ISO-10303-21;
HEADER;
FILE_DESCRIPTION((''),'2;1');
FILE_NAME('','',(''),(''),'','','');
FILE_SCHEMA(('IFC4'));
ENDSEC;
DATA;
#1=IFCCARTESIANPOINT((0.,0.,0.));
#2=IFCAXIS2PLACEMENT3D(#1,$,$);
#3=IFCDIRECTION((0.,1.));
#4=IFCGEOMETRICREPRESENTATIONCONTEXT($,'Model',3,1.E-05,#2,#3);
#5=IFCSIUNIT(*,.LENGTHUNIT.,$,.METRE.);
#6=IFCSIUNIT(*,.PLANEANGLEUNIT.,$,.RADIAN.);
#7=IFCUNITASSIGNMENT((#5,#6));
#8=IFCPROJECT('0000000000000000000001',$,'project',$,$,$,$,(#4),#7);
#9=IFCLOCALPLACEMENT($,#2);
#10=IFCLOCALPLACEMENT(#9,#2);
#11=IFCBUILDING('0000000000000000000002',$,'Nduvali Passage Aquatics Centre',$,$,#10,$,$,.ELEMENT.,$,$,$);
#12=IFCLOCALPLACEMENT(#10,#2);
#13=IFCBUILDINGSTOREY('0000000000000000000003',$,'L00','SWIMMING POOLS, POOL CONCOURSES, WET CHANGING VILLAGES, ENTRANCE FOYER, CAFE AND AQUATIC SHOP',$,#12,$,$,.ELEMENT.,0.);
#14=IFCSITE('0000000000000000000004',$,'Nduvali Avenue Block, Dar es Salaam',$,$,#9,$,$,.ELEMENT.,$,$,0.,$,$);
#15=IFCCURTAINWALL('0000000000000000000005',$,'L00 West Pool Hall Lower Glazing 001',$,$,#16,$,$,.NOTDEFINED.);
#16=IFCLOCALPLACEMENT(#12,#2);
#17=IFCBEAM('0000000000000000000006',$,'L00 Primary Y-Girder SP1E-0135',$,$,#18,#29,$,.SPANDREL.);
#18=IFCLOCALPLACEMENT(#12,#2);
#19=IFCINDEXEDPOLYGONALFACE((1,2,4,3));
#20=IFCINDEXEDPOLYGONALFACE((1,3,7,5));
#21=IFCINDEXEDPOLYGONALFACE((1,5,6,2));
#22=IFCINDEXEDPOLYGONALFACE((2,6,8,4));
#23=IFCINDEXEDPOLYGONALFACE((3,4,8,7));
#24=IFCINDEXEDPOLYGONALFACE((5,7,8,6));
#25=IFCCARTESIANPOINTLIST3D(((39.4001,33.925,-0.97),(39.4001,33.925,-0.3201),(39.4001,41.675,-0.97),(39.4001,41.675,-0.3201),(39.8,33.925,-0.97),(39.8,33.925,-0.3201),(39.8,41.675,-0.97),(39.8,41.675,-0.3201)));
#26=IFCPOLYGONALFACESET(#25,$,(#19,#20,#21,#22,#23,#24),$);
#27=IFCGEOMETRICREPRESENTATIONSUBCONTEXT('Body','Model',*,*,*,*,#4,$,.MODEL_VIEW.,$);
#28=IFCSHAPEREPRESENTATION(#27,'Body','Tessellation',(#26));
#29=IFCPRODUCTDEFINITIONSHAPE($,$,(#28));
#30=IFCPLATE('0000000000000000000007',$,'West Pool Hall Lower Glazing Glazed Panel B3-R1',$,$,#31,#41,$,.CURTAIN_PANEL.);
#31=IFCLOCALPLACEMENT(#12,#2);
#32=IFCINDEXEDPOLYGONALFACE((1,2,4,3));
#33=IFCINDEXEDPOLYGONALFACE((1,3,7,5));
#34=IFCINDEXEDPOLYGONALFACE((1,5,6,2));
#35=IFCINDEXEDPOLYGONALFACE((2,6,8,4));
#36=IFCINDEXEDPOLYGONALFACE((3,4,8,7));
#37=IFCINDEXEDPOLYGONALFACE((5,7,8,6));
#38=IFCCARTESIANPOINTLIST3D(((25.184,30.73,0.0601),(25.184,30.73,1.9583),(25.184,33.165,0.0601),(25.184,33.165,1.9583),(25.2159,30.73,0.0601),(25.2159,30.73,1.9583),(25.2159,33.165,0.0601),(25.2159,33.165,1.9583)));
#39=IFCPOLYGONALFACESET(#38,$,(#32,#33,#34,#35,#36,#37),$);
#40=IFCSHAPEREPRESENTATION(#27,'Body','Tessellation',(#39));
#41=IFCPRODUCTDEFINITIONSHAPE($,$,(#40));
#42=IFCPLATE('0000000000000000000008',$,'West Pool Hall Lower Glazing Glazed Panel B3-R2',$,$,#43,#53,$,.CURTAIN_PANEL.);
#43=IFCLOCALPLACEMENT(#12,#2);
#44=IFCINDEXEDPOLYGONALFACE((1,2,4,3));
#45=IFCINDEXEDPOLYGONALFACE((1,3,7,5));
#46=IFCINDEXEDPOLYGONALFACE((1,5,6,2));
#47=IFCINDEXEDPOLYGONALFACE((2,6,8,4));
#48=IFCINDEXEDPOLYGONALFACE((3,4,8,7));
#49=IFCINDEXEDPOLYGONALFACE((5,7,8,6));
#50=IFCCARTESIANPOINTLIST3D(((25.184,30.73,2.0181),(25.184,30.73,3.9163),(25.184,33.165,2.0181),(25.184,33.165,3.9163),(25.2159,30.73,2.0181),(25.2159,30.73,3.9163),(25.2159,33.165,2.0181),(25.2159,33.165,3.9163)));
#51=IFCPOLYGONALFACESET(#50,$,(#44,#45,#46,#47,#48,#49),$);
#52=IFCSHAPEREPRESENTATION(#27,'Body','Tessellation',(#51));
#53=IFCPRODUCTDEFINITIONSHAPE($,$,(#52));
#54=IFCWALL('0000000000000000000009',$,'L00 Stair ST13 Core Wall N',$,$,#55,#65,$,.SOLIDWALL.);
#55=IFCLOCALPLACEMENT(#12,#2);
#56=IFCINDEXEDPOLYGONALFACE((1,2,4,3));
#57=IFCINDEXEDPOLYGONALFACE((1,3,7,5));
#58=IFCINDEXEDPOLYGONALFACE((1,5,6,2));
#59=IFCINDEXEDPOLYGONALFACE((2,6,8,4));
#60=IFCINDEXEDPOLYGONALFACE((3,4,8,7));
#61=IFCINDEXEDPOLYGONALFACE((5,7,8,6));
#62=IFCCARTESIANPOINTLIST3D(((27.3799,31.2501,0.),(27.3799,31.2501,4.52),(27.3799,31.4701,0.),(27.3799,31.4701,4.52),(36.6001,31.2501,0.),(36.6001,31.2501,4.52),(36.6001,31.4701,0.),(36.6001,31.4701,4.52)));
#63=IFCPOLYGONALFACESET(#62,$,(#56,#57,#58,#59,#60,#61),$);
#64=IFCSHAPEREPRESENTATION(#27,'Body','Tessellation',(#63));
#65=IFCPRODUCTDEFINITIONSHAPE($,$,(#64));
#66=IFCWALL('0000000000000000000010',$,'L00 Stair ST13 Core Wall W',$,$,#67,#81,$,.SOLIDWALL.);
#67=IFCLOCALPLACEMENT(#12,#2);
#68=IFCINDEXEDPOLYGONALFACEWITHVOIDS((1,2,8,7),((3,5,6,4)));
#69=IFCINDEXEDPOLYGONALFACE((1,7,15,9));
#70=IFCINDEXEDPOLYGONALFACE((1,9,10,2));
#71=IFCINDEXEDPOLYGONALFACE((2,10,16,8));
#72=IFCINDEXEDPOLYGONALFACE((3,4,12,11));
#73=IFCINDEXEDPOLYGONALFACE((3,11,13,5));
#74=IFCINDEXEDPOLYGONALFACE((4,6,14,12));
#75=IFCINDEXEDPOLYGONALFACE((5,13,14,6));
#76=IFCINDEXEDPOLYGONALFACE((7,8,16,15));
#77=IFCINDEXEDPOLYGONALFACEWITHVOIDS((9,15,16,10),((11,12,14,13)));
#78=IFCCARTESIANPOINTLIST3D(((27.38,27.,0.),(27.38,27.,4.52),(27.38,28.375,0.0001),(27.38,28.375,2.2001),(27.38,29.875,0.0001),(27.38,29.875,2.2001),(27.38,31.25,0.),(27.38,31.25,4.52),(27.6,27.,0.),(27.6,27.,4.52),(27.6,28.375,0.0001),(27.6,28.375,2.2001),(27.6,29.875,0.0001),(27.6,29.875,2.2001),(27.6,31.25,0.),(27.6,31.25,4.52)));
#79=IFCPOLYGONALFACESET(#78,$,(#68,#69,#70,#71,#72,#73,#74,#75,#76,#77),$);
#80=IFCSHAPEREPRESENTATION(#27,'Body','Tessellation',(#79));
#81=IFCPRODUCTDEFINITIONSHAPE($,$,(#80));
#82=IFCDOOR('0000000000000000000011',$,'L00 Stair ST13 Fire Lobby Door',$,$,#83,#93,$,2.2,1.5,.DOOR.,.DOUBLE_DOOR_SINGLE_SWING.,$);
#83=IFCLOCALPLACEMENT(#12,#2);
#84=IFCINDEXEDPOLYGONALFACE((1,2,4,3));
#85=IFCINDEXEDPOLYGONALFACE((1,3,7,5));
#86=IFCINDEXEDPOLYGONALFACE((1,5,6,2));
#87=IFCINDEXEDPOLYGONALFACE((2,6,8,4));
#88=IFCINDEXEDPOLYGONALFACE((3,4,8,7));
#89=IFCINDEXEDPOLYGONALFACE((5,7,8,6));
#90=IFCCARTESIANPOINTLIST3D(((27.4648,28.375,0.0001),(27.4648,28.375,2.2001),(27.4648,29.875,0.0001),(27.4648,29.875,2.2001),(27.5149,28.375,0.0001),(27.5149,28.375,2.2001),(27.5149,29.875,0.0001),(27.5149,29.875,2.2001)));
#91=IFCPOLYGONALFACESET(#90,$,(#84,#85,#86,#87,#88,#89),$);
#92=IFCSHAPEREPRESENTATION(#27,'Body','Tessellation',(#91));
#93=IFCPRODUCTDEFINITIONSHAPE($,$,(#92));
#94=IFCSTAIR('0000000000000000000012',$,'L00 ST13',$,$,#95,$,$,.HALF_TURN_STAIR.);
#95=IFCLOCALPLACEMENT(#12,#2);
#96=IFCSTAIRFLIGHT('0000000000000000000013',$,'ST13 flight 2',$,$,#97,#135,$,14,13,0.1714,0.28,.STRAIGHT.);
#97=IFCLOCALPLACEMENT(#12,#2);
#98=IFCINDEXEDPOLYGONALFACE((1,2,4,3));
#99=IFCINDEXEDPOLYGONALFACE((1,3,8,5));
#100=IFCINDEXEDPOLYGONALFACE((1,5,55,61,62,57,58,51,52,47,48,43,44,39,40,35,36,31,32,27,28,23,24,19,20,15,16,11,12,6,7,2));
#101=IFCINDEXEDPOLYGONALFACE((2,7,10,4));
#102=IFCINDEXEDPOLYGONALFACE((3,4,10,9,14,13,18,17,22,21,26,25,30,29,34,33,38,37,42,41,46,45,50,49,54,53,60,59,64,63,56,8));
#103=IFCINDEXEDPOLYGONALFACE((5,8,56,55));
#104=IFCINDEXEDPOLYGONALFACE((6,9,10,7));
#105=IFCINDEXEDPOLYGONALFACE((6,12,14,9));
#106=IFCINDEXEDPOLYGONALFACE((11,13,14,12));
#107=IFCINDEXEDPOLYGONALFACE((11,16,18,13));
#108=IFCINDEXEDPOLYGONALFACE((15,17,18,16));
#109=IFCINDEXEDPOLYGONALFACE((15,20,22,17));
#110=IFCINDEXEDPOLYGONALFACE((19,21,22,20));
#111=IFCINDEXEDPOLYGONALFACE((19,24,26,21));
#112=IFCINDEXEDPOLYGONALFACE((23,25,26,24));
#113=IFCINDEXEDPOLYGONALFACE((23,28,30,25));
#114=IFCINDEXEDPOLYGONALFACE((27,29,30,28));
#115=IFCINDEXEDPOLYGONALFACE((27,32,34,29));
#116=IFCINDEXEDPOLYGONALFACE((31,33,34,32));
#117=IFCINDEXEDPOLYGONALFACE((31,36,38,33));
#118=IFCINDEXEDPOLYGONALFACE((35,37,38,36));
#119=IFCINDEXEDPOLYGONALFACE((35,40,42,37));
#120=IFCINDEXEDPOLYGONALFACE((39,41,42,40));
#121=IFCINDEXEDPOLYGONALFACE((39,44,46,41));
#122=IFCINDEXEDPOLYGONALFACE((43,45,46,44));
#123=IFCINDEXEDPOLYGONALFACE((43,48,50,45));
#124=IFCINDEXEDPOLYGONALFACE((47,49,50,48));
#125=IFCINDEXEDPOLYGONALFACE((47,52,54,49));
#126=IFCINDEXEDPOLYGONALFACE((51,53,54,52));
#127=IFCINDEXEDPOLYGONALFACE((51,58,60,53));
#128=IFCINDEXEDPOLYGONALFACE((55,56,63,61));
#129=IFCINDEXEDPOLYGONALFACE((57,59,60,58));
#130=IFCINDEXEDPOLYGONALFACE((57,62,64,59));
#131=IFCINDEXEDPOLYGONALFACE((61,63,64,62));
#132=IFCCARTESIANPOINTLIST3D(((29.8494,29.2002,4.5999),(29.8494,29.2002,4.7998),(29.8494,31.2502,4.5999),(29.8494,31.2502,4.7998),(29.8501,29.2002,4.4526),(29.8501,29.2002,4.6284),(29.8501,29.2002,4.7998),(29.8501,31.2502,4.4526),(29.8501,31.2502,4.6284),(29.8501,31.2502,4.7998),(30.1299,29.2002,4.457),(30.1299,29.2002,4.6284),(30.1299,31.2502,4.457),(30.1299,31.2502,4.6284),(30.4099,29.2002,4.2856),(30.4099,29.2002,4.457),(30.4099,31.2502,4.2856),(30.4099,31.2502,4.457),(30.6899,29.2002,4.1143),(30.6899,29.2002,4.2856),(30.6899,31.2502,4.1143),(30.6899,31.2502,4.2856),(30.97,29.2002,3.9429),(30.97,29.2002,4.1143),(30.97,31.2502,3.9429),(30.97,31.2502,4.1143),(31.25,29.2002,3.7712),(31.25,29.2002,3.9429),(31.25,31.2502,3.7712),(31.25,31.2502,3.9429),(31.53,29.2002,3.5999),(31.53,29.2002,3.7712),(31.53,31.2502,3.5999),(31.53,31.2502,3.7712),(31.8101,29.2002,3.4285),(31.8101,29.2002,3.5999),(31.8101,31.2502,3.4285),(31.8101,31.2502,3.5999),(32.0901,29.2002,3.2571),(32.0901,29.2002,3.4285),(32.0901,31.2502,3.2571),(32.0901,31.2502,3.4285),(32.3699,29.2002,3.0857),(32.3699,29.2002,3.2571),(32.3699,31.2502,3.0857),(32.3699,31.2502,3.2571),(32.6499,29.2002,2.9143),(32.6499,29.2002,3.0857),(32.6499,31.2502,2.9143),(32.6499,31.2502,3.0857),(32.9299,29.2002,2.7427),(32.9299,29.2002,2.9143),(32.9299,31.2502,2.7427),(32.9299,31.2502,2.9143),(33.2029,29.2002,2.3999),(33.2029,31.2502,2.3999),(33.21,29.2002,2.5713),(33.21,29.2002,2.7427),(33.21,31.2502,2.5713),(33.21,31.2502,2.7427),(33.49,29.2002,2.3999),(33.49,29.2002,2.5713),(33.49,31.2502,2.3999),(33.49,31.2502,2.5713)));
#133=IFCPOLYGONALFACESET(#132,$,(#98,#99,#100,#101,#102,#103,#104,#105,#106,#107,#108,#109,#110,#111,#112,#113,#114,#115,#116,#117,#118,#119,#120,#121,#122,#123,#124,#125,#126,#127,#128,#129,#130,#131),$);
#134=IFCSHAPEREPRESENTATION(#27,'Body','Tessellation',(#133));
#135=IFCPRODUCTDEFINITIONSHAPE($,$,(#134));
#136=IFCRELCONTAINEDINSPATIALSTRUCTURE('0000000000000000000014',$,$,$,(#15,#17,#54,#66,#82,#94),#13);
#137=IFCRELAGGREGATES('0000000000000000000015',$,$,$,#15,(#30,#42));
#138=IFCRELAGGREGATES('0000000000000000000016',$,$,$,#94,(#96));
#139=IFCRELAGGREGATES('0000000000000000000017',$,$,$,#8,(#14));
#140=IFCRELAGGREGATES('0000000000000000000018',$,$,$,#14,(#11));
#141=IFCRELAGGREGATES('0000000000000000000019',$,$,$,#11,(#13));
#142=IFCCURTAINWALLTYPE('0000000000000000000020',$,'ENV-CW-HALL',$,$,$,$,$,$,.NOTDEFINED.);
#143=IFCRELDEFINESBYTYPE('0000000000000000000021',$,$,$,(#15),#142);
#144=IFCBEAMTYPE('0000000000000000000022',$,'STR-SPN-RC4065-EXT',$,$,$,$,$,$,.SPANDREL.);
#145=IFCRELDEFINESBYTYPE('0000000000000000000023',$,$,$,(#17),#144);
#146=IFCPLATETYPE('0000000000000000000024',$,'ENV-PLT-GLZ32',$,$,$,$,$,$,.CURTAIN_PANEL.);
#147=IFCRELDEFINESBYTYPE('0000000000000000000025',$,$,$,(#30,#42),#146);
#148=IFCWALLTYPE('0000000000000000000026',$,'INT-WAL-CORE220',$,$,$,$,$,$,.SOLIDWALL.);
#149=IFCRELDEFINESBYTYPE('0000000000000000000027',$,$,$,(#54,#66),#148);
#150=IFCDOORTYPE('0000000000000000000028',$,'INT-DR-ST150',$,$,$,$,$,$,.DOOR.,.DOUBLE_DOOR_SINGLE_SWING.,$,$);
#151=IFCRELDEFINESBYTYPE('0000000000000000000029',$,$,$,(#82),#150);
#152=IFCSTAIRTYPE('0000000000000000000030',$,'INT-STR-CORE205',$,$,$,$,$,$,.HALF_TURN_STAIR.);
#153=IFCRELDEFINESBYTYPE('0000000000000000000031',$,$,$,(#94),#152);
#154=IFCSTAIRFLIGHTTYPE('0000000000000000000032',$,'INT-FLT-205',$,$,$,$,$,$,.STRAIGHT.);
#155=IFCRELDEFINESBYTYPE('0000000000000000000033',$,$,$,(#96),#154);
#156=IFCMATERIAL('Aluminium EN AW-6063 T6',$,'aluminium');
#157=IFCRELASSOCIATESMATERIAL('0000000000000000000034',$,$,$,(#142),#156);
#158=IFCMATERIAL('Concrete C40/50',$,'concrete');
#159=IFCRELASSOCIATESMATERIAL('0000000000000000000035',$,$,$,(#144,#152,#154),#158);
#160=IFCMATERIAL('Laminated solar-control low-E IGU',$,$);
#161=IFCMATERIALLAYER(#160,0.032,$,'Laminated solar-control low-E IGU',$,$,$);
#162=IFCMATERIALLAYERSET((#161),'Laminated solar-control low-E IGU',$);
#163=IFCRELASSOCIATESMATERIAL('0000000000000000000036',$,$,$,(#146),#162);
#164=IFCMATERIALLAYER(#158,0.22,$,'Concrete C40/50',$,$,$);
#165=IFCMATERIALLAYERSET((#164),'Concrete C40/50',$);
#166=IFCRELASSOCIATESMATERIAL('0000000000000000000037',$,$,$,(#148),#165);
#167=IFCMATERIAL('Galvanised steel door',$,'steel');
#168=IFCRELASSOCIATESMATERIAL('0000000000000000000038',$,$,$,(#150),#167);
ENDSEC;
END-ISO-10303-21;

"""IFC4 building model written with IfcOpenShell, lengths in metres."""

from ifc_helpers import new_model, si_unit, direction, frame, frame_2d, origin, origin_2d, place, context, subcontext, project, spatial, polyline, rectangle, outline, extrude, material, layer, layer_set, material_profile, profile_set, type_object, element, fill, aggregate, save


model = new_model("IFC4")

# Units and contexts
model_context = context("Model", 3, precision=1e-05, world=origin(), true_north=direction((0.0, 1.0)))
body_context = subcontext(model_context, "Body", "Model", "MODEL_VIEW")
ifc_project = project(units=[si_unit("LENGTHUNIT", "METRE"), si_unit("PLANEANGLEUNIT", "RADIAN")], contexts=[model_context])

# Site, building, storey
site_placement = place(None, origin())
site = spatial("IfcSite", under=ifc_project, at=site_placement, Name="Nduvali Avenue Block, Dar es Salaam", CompositionType="ELEMENT", RefElevation=0.0)
building_placement = place(site_placement, origin())
building = spatial("IfcBuilding", under=site, at=building_placement, Name="Nduvali Passage Aquatics Centre", CompositionType="ELEMENT")
storey_placement = place(building_placement, origin())
storey = spatial("IfcBuildingStorey", under=building, at=storey_placement, Name="L00", Description="SWIMMING POOLS, POOL CONCOURSES, WET CHANGING VILLAGES, ENTRANCE FOYER, CAFE AND AQUATIC SHOP", CompositionType="ELEMENT", Elevation=0.0)

# Shared definitions
ifc_material_1 = material(Name="Concrete C40/50", Category="concrete")

# Curtain wall
ifc_material_2 = material(Name="Aluminium EN AW-6063 T6", Category="aluminium")
curtain_wall_type = type_object("IfcCurtainWallType", Name="ENV-CW-HALL", PredefinedType="NOTDEFINED", material=ifc_material_2)
curtain_wall_placement = place(storey_placement, origin())
curtain_wall = element("IfcCurtainWall", 1, at=curtain_wall_placement, inside=storey, type_object=curtain_wall_type, Name="L00 West Pool Hall Lower Glazing 001", PredefinedType="NOTDEFINED")

# Beam
ifc_material_profile_1 = material_profile(ifc_material_1, rectangle(XDim=0.3999, YDim=0.6499, at=origin_2d()), Name="RC 400x650")
ifc_profile_set_1 = profile_set([ifc_material_profile_1], Name="Concrete C40/50")
beam_type_1 = type_object("IfcBeamType", Name="STR-SPN-RC4065-EXT", PredefinedType="SPANDREL", material=ifc_profile_set_1)
beam_1_placement = place(storey_placement, frame((39.6001, 33.925, -0.645), z_axis=(0.0, 1.0, 0.0), x_axis=(-1.0, 0.0, 0.0)))
element("IfcBeam", 2, at=beam_1_placement, inside=storey, type_object=beam_type_1, Name="L00 Primary Y-Girder SP1E-0135", PredefinedType="SPANDREL", context=body_context, shape_type="SweptSolid", body=[
    extrude(rectangle(XDim=0.3999, YDim=0.6499, at=origin_2d()), origin(), (0.0, 0.0, 1.0), 7.75),
])

# Plates
ifc_material_3 = material(Name="Laminated solar-control low-E IGU")
ifc_layer_1 = layer(ifc_material_3, 0.032, Name="Laminated solar-control low-E IGU")
ifc_layer_set_1 = layer_set([ifc_layer_1], Name="Laminated solar-control low-E IGU")
plate_type = type_object("IfcPlateType", Name="ENV-PLT-GLZ32", PredefinedType="CURTAIN_PANEL", material=ifc_layer_set_1)
plate_1_placement = place(storey_placement, frame((25.2, 31.9475, 0.0601), z_axis=(0.0, 0.0, 1.0), x_axis=(0.0, 1.0, 0.0)))
plate_1 = element("IfcPlate", 3, at=plate_1_placement, type_object=plate_type, Name="West Pool Hall Lower Glazing Glazed Panel B3-R1", PredefinedType="CURTAIN_PANEL", context=body_context, shape_type="SweptSolid", body=[
    extrude(rectangle(XDim=2.4351, YDim=0.032, at=origin_2d()), origin(), (0.0, 0.0, 1.0), 1.8982),
])
plate_2_placement = place(storey_placement, frame((25.2, 31.9475, 2.0181), z_axis=(0.0, 0.0, 1.0), x_axis=(0.0, 1.0, 0.0)))
plate_2 = element("IfcPlate", 4, at=plate_2_placement, type_object=plate_type, Name="West Pool Hall Lower Glazing Glazed Panel B3-R2", PredefinedType="CURTAIN_PANEL", context=body_context, shape_type="SweptSolid", body=[
    extrude(rectangle(XDim=2.4351, YDim=0.032, at=origin_2d()), origin(), (0.0, 0.0, 1.0), 1.8982),
])
aggregate(curtain_wall, [plate_1, plate_2])

# Wall
ifc_layer_2 = layer(ifc_material_1, 0.22, Name="Concrete C40/50")
ifc_layer_set_2 = layer_set([ifc_layer_2], Name="Concrete C40/50")
wall_type = type_object("IfcWallType", Name="INT-WAL-CORE220", PredefinedType="SOLIDWALL", material=ifc_layer_set_2)
wall_1_placement = place(storey_placement, frame((36.6001, 31.3601, 0.0), z_axis=(0.0, 0.0, 1.0), x_axis=(-1.0, 0.0, 0.0)))
element("IfcWall", 5, at=wall_1_placement, inside=storey, type_object=wall_type, Name="L00 Stair ST13 Core Wall N", PredefinedType="SOLIDWALL", context=body_context, shape_type="SweptSolid", body=[
    extrude(rectangle(XDim=9.2202, YDim=0.22, at=frame_2d((4.6101, 0.0))), origin(), (0.0, 0.0, 1.0), 4.52),
])

# Wall, opening, door
wall_2_placement = place(storey_placement, frame((27.49, 31.25, 0.0), z_axis=(0.0, 0.0, 1.0), x_axis=(0.0, -1.0, 0.0)))
wall_2 = element("IfcWall", 6, at=wall_2_placement, inside=storey, type_object=wall_type, Name="L00 Stair ST13 Core Wall W", PredefinedType="SOLIDWALL", context=body_context, shape_type="SweptSolid", body=[
    extrude(rectangle(XDim=4.25, YDim=0.22, at=frame_2d((2.125, 0.0))), origin(), (0.0, 0.0, 1.0), 4.52),
])
opening_placement = place(wall_2_placement, frame((1.375, 0.0, 0.0)))
opening = element("IfcOpeningElement", 7, at=opening_placement, cuts=wall_2, PredefinedType="OPENING", context=body_context, shape_type="SweptSolid", body=[
    extrude(rectangle(XDim=1.5, YDim=2.2, at=frame_2d((0.75, 1.1001))), frame((0.0, 0.125, 0.0), z_axis=(0.0, -1.0, 0.0), x_axis=(1.0, 0.0, 0.0)), (0.0, 0.0, 1.0), 0.2498),
])
ifc_material_4 = material(Name="Galvanised steel door", Category="steel")
door_type = type_object("IfcDoorType", Name="INT-DR-ST150", OperationType="DOUBLE_DOOR_SINGLE_SWING", PredefinedType="DOOR", material=ifc_material_4)
door_placement = place(opening_placement, origin())
door = element("IfcDoor", 8, at=door_placement, inside=storey, type_object=door_type, Name="L00 Stair ST13 Fire Lobby Door", OperationType="DOUBLE_DOOR_SINGLE_SWING", OverallHeight=2.2, OverallWidth=1.5, PredefinedType="DOOR", context=body_context, shape_type="SweptSolid", body=[
    extrude(rectangle(XDim=1.5, YDim=2.2, at=frame_2d((0.75, 1.1001))), frame((0.0, 0.0249, 0.0), z_axis=(0.0, -1.0, 0.0), x_axis=(1.0, 0.0, 0.0)), (0.0, 0.0, 1.0), 0.05),
])
fill(opening, door)

# Stair, stair flight
stair_type_1 = type_object("IfcStairType", Name="INT-STR-CORE205", PredefinedType="HALF_TURN_STAIR", material=ifc_material_1)
stair_1_placement = place(storey_placement, origin())
stair_1 = element("IfcStair", 9, at=stair_1_placement, inside=storey, type_object=stair_type_1, Name="L00 ST13", PredefinedType="HALF_TURN_STAIR")
stair_flight_type_1 = type_object("IfcStairFlightType", Name="INT-FLT-205", PredefinedType="STRAIGHT", material=ifc_material_1)
stair_flight_1_placement = place(storey_placement, frame((33.49, 30.2251, 2.3999), z_axis=(0.0, 0.0, 1.0), x_axis=(-1.0, 0.0, 0.0)))
stair_flight_1 = element("IfcStairFlight", 10, at=stair_flight_1_placement, type_object=stair_flight_type_1, Name="ST13 flight 2", NumberOfRisers=14, NumberOfTreads=13, PredefinedType="STRAIGHT", RiserHeight=0.1714, TreadLength=0.28, context=body_context, shape_type="SweptSolid", body=[
    extrude(outline(polyline([(0.0, 0.0), (0.0, 0.1714), (0.28, 0.1714), (0.28, 0.3428), (0.5601, 0.3428), (0.5601, 0.5144), (0.8401, 0.5144), (0.8401, 0.6858), (1.1201, 0.6858), (1.1201, 0.8572), (1.3999, 0.8572), (1.3999, 1.0286), (1.6799, 1.0286), (1.6799, 1.2), (1.96, 1.2), (1.96, 1.3713), (2.24, 1.3713), (2.24, 1.543), (2.52, 1.543), (2.52, 1.7144), (2.8, 1.7144), (2.8, 1.8857), (3.0801, 1.8857), (3.0801, 2.0571), (3.3601, 2.0571), (3.3601, 2.2285), (3.6399, 2.2285), (3.6399, 2.3999), (3.6406, 2.3999), (3.6406, 2.2), (3.6399, 2.0527), (0.2871, 0.0), (0.0, 0.0)])), frame((0.0, 1.0249, 0.0), z_axis=(0.0, -1.0, 0.0), x_axis=(1.0, 0.0, 0.0)), (0.0, 0.0, 1.0), 2.05),
])
aggregate(stair_1, [stair_flight_1])

save(model, "model.ifc")
